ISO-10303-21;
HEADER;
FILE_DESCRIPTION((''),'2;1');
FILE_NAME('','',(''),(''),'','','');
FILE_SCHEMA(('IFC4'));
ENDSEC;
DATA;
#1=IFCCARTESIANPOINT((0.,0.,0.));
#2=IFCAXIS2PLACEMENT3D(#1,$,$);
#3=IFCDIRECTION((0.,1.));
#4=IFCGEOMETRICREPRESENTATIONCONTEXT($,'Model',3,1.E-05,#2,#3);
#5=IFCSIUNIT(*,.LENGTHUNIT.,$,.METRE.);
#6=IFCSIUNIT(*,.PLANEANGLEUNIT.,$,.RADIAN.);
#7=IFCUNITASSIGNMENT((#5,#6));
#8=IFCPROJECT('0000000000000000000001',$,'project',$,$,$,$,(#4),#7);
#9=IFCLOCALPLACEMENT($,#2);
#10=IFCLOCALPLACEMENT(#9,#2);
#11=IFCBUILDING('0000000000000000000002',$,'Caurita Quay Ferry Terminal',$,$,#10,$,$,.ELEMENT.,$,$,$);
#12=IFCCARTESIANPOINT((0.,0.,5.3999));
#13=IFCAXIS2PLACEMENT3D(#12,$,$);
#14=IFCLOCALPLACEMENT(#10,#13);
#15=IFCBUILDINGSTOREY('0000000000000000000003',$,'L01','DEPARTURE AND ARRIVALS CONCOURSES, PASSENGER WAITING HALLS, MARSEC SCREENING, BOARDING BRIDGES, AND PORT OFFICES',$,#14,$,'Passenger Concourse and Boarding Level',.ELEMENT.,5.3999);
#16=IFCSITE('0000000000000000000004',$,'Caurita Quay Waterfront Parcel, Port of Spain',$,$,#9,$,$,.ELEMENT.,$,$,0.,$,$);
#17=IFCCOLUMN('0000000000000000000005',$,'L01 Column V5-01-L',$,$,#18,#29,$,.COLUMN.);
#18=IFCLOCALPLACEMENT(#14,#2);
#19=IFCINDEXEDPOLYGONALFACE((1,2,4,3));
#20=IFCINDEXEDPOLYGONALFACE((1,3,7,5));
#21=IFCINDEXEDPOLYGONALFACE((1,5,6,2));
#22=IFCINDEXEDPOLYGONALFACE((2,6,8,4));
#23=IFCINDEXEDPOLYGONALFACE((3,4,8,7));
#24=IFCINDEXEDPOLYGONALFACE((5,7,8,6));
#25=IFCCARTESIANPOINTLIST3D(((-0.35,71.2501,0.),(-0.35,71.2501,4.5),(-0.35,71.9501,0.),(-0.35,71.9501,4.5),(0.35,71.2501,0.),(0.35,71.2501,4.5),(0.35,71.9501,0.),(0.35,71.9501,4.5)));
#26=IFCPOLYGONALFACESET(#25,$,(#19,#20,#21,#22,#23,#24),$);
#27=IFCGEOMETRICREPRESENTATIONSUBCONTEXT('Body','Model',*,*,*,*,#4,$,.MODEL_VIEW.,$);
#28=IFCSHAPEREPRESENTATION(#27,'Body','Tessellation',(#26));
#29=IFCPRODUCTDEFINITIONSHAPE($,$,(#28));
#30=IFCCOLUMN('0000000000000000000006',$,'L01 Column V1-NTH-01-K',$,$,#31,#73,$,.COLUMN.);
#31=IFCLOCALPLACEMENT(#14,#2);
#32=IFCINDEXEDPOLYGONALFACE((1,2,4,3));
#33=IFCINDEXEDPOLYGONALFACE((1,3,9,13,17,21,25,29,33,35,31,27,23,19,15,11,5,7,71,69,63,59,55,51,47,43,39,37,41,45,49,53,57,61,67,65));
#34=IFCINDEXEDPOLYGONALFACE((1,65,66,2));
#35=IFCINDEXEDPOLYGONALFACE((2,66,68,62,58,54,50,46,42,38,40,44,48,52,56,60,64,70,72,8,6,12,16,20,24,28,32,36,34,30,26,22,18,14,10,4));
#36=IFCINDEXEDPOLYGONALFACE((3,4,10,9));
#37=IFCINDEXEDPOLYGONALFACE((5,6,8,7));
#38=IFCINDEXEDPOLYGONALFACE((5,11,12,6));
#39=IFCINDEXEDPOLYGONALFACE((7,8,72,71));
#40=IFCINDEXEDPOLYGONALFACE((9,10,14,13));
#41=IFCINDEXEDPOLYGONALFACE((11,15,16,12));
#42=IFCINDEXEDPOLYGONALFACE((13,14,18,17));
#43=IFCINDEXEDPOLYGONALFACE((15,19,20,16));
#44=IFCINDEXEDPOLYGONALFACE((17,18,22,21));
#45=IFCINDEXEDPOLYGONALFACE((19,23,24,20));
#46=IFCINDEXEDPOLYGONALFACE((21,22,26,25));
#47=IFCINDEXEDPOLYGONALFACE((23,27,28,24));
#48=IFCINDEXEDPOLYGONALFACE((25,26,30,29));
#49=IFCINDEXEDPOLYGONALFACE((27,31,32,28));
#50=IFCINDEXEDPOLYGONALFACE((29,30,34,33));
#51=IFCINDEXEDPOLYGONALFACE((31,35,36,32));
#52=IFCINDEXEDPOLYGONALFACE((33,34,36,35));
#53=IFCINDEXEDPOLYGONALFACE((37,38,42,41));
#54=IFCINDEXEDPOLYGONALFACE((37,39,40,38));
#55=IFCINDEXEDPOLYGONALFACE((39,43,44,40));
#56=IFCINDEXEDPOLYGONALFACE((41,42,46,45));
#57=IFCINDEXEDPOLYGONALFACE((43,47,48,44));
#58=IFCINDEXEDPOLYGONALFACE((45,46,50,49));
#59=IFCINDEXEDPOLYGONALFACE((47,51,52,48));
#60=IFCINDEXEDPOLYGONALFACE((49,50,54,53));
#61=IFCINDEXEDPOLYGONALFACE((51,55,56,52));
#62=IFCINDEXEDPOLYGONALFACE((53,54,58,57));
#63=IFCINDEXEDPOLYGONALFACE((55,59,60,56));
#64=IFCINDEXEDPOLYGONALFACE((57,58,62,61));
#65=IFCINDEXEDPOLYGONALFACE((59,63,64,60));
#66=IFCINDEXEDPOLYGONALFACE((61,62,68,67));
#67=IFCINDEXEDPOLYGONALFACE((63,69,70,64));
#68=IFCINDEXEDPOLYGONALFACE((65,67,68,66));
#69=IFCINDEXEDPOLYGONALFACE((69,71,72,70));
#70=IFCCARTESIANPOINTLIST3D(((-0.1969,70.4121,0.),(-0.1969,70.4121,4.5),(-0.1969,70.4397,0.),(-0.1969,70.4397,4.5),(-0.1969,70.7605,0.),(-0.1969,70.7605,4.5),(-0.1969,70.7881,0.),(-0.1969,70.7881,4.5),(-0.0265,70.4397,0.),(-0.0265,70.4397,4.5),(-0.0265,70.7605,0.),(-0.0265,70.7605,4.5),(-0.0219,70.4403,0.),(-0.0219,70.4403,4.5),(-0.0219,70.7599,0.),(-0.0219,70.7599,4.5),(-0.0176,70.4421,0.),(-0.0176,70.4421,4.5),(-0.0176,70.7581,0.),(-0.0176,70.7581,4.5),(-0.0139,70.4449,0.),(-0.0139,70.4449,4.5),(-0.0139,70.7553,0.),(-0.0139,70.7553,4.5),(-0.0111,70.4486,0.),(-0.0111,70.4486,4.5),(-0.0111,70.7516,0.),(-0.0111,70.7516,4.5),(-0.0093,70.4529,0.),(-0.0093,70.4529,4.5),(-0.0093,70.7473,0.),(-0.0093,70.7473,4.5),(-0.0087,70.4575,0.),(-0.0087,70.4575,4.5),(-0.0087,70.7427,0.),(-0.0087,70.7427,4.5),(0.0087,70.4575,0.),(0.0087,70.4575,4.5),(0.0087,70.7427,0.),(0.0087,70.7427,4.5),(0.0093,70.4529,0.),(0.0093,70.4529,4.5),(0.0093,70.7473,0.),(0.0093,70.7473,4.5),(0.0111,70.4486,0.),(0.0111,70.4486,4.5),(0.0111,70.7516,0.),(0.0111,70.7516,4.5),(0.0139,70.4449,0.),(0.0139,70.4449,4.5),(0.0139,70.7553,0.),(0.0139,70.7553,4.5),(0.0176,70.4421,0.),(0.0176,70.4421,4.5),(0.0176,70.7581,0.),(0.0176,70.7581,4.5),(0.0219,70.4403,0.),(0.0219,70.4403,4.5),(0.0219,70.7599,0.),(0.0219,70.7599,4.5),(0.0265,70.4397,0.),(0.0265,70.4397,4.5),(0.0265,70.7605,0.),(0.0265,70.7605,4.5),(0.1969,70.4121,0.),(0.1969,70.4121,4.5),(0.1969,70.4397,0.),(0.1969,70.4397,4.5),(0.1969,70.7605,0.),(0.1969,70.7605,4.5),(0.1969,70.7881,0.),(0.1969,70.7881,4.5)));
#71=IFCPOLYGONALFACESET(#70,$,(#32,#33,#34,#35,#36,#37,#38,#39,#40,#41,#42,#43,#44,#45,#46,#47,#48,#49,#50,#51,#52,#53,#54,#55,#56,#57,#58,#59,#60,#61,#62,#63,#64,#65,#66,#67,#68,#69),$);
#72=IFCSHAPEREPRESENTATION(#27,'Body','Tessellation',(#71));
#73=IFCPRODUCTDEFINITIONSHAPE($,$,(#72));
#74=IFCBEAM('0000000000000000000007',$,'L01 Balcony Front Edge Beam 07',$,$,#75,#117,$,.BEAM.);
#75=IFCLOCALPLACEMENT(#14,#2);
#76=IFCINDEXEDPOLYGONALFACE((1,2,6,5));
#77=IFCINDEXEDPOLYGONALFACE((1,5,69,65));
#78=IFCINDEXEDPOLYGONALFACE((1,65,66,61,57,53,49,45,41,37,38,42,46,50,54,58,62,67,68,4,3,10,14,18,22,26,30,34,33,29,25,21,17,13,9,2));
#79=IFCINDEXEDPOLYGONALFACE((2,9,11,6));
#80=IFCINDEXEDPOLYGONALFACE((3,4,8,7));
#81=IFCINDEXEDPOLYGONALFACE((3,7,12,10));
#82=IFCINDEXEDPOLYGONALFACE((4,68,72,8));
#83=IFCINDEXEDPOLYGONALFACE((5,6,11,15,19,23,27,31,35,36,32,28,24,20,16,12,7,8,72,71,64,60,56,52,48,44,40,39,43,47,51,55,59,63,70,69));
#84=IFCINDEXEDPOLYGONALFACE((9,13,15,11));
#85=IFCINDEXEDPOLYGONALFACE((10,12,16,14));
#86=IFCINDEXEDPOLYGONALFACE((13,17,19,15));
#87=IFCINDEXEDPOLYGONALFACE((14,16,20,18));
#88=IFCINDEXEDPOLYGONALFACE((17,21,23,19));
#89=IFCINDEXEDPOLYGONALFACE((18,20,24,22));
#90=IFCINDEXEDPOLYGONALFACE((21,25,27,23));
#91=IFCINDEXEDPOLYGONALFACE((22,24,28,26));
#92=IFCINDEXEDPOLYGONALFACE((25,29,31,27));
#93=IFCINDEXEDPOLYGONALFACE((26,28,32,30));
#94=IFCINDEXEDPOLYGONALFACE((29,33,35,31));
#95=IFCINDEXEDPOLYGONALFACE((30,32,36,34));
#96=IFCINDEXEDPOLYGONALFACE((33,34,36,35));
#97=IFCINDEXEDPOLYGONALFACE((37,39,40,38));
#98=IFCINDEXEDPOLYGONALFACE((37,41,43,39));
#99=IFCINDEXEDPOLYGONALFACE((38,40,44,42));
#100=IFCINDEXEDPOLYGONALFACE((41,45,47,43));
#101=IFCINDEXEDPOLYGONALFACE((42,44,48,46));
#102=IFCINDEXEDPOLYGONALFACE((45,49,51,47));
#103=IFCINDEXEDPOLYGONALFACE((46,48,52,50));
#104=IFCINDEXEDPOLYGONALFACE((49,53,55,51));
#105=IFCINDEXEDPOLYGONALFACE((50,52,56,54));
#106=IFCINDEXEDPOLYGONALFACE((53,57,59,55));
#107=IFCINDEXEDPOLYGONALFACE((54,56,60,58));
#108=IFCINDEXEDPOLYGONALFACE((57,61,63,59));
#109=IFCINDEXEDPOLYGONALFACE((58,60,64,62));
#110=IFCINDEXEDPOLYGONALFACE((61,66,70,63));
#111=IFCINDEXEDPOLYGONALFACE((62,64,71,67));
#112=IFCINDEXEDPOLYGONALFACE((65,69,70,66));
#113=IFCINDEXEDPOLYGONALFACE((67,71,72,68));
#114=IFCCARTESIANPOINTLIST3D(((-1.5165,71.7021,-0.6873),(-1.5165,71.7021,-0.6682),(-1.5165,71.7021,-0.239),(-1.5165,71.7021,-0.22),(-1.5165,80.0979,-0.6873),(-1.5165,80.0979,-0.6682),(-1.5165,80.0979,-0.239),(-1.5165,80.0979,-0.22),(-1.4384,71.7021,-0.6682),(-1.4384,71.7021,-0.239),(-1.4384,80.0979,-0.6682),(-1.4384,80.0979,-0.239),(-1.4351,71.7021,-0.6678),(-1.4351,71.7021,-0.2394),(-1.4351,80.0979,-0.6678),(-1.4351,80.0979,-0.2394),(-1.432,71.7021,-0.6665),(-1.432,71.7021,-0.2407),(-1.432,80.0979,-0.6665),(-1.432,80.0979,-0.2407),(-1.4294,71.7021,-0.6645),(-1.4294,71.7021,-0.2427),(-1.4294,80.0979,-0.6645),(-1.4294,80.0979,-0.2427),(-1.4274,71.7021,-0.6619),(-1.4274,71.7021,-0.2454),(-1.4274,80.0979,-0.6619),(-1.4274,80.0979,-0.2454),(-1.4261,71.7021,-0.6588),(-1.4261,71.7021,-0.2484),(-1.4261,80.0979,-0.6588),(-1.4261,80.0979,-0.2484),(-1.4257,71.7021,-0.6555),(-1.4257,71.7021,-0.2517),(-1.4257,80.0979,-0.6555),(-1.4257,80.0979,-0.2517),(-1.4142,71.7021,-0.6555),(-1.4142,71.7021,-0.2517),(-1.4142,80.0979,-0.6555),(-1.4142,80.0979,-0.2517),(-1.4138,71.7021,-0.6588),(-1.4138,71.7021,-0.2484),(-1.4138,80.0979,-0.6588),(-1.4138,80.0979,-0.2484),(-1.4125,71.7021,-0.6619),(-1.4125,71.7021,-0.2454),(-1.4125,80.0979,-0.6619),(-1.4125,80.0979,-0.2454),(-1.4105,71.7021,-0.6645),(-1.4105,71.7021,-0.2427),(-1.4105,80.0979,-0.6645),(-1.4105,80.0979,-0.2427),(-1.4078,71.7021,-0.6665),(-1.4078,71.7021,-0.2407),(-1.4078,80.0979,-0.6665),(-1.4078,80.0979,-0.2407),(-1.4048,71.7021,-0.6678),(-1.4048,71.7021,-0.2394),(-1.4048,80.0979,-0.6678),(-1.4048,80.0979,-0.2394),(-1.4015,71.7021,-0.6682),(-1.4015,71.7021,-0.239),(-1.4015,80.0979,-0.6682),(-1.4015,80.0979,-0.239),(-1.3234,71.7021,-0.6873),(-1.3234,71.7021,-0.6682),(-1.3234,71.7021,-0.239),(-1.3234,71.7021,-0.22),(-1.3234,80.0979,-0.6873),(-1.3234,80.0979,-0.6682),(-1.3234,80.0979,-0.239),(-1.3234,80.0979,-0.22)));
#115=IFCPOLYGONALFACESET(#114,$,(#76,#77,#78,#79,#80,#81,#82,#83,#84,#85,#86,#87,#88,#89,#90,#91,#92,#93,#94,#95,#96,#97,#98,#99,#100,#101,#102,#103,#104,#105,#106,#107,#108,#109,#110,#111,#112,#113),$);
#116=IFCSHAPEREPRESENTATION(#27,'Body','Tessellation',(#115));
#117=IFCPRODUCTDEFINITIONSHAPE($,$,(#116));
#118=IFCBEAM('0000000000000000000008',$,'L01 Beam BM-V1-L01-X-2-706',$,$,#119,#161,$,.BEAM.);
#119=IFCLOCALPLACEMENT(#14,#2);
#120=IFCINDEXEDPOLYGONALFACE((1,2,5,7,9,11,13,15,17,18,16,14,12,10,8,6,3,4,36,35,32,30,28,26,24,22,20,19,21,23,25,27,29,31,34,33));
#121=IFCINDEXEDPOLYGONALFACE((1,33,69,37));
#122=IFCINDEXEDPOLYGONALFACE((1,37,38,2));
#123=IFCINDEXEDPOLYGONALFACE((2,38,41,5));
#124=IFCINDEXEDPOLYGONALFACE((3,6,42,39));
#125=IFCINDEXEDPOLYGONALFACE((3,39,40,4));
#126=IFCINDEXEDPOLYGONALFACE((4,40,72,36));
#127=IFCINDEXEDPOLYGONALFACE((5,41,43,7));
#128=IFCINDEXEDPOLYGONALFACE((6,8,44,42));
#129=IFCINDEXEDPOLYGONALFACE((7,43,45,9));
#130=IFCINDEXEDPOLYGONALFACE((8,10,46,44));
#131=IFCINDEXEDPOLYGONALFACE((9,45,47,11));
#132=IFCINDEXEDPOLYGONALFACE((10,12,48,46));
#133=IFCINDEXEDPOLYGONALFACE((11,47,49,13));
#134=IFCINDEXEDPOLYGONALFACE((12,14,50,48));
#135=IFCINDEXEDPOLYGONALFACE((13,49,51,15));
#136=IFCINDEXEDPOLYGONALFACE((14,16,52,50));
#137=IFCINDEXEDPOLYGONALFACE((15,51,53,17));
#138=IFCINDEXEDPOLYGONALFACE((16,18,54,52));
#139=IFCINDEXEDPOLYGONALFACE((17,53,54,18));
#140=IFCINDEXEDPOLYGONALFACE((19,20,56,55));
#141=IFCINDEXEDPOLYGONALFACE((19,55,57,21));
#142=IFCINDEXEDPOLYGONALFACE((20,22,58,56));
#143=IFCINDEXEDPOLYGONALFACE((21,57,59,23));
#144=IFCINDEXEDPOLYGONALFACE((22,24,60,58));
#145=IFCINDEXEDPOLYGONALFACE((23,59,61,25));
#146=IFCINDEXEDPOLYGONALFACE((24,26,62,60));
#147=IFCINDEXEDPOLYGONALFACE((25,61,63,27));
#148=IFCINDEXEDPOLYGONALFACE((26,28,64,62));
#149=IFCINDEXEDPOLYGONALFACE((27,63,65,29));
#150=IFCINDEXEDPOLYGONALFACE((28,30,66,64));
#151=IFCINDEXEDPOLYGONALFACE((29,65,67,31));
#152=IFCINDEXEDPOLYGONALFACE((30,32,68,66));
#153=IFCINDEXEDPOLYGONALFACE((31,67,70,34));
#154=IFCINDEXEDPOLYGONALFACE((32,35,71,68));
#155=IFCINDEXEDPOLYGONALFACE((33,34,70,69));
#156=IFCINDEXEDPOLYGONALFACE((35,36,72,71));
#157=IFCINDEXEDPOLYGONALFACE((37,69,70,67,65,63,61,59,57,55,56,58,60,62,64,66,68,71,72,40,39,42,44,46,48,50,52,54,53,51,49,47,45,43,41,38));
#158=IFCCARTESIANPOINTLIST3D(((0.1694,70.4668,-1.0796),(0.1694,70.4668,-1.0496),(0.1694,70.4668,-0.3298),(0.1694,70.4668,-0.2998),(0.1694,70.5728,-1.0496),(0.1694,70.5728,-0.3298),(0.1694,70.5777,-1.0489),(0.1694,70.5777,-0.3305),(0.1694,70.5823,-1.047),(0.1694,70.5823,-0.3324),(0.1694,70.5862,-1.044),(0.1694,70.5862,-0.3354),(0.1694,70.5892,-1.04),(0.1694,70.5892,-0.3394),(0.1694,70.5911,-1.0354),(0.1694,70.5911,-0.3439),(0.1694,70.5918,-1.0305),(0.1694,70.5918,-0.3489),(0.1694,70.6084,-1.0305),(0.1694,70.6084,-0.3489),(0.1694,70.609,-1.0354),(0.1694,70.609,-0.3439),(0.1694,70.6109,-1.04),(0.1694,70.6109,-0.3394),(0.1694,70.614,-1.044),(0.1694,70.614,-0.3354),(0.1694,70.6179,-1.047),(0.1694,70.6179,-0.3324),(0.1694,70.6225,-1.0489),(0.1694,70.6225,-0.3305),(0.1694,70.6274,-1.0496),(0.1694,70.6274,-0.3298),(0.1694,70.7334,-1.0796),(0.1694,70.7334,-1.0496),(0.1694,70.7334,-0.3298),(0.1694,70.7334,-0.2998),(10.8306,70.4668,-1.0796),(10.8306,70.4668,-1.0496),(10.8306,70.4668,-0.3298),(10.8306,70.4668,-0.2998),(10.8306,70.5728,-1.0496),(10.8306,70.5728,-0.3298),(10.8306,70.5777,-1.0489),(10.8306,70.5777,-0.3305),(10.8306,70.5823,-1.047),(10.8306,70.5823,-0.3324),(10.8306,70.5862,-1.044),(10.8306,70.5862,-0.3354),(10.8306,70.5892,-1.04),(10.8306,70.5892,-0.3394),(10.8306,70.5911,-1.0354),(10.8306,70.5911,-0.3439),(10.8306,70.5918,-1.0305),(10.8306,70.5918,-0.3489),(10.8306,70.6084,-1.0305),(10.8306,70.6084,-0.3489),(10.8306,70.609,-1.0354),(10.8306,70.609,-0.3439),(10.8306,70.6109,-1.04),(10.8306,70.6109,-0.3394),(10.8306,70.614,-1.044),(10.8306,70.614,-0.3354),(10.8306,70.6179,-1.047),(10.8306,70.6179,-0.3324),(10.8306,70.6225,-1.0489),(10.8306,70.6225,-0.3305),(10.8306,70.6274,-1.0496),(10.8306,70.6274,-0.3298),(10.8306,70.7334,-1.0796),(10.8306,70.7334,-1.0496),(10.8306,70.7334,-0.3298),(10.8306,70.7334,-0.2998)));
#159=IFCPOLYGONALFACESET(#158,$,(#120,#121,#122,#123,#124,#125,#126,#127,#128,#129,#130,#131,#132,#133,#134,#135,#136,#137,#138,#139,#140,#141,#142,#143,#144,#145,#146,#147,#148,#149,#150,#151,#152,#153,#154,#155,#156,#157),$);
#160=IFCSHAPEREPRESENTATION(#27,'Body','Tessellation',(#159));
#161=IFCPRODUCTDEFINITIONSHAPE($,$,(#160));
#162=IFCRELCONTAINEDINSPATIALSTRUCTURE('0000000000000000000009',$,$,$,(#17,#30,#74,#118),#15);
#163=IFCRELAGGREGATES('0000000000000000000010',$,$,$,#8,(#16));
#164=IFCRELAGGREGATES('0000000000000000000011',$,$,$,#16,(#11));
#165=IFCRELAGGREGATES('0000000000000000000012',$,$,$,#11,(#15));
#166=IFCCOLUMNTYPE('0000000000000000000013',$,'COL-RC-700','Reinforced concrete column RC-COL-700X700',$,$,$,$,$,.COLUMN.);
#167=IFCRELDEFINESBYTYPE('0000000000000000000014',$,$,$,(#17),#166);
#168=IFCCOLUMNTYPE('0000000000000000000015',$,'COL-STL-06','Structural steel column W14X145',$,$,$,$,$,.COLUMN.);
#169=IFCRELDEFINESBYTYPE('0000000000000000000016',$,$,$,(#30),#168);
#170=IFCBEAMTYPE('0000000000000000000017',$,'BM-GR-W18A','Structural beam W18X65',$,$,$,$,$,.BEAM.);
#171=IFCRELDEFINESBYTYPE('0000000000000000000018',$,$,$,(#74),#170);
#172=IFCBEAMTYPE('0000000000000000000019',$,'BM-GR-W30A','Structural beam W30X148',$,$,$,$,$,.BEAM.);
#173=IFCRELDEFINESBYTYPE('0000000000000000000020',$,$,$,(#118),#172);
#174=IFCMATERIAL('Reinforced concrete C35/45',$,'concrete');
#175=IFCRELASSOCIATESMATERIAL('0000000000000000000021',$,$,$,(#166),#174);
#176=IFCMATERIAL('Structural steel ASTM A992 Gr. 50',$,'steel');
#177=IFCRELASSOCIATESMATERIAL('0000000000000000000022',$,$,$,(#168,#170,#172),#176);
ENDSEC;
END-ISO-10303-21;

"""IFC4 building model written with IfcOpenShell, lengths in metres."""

from ifc_helpers import new_model, si_unit, direction, frame, origin, origin_2d, place, context, subcontext, project, spatial, rectangle, i_section, extrude, material, material_profile, profile_set, type_object, element, save


model = new_model("IFC4")

# Units and contexts
model_context = context("Model", 3, precision=1e-05, world=origin(), true_north=direction((0.0, 1.0)))
body_context = subcontext(model_context, "Body", "Model", "MODEL_VIEW")
ifc_project = project(units=[si_unit("LENGTHUNIT", "METRE"), si_unit("PLANEANGLEUNIT", "RADIAN")], contexts=[model_context])

# Site, building, storey
site_placement = place(None, origin())
site = spatial("IfcSite", under=ifc_project, at=site_placement, Name="Caurita Quay Waterfront Parcel, Port of Spain", CompositionType="ELEMENT", RefElevation=0.0)
building_placement = place(site_placement, origin())
building = spatial("IfcBuilding", under=site, at=building_placement, Name="Caurita Quay Ferry Terminal", CompositionType="ELEMENT")
storey_placement = place(building_placement, frame((0.0, 0.0, 5.3999)))
storey = spatial("IfcBuildingStorey", under=building, at=storey_placement, Name="L01", Description="DEPARTURE AND ARRIVALS CONCOURSES, PASSENGER WAITING HALLS, MARSEC SCREENING, BOARDING BRIDGES, AND PORT OFFICES", LongName="Passenger Concourse and Boarding Level", CompositionType="ELEMENT", Elevation=5.3999)

# Columns
ifc_material_1 = material(Name="Reinforced concrete C35/45", Category="concrete")
ifc_material_profile_1 = material_profile(ifc_material_1, rectangle(XDim=0.7, YDim=0.7, at=origin_2d()), Name="RC-COL-700X700")
ifc_profile_set_1 = profile_set([ifc_material_profile_1], Name="Reinforced concrete C35/45")
column_type_1 = type_object("IfcColumnType", Name="COL-RC-700", Description="Reinforced concrete column RC-COL-700X700", PredefinedType="COLUMN", material=ifc_profile_set_1)
column_1_placement = place(storey_placement, frame((0.0, 71.6001, 0.0), z_axis=(0.0, 0.0, 1.0), x_axis=(1.0, 0.0, 0.0)))
element("IfcColumn", 1, at=column_1_placement, inside=storey, type_object=column_type_1, Name="L01 Column V5-01-L", PredefinedType="COLUMN", context=body_context, shape_type="SweptSolid", body=[
    extrude(rectangle(XDim=0.7, YDim=0.7, at=origin_2d()), origin(), (0.0, 0.0, 1.0), 4.5),
])
ifc_material_2 = material(Name="Structural steel ASTM A992 Gr. 50", Category="steel")
ifc_material_profile_2 = material_profile(ifc_material_2, i_section(OverallWidth=0.3938, OverallDepth=0.376, WebThickness=0.0173, FlangeThickness=0.0276, FilletRadius=0.0178, at=origin_2d()), Name="W14X145")
ifc_profile_set_2 = profile_set([ifc_material_profile_2], Name="Structural steel ASTM A992 Gr. 50")
column_type_2 = type_object("IfcColumnType", Name="COL-STL-06", Description="Structural steel column W14X145", PredefinedType="COLUMN", material=ifc_profile_set_2)
column_2_placement = place(storey_placement, frame((0.0, 70.6001, 0.0), z_axis=(0.0, 0.0, 1.0), x_axis=(1.0, 0.0, 0.0)))
element("IfcColumn", 2, at=column_2_placement, inside=storey, type_object=column_type_2, Name="L01 Column V1-NTH-01-K", PredefinedType="COLUMN", context=body_context, shape_type="SweptSolid", body=[
    extrude(i_section(OverallWidth=0.3938, OverallDepth=0.376, WebThickness=0.0173, FlangeThickness=0.0276, FilletRadius=0.0178, at=origin_2d()), origin(), (0.0, 0.0, 1.0), 4.5),
])

# Beams
ifc_material_profile_3 = material_profile(ifc_material_2, i_section(OverallWidth=0.1931, OverallDepth=0.4673, WebThickness=0.0115, FlangeThickness=0.019, FilletRadius=0.0127, at=origin_2d()), Name="W18X65")
ifc_profile_set_3 = profile_set([ifc_material_profile_3], Name="Structural steel ASTM A992 Gr. 50")
beam_type_1 = type_object("IfcBeamType", Name="BM-GR-W18A", Description="Structural beam W18X65", PredefinedType="BEAM", material=ifc_profile_set_3)
beam_1_placement = place(storey_placement, frame((-1.4199, 71.7021, -0.4536), z_axis=(0.0, 1.0, 0.0), x_axis=(-1.0, 0.0, 0.0)))
element("IfcBeam", 3, at=beam_1_placement, inside=storey, type_object=beam_type_1, Name="L01 Balcony Front Edge Beam 07", PredefinedType="BEAM", context=body_context, shape_type="SweptSolid", body=[
    extrude(i_section(OverallWidth=0.1931, OverallDepth=0.4673, WebThickness=0.0115, FlangeThickness=0.019, FilletRadius=0.0127, at=origin_2d()), origin(), (0.0, 0.0, 1.0), 8.3958),
])
ifc_material_profile_4 = material_profile(ifc_material_2, i_section(OverallWidth=0.2666, OverallDepth=0.7798, WebThickness=0.0166, FlangeThickness=0.03, FilletRadius=0.019, at=origin_2d()), Name="W30X148")
ifc_profile_set_4 = profile_set([ifc_material_profile_4], Name="Structural steel ASTM A992 Gr. 50")
beam_type_2 = type_object("IfcBeamType", Name="BM-GR-W30A", Description="Structural beam W30X148", PredefinedType="BEAM", material=ifc_profile_set_4)
beam_2_placement = place(storey_placement, frame((0.1694, 70.6001, -0.6897), z_axis=(1.0, 0.0, 0.0), x_axis=(0.0, 1.0, 0.0)))
element("IfcBeam", 4, at=beam_2_placement, inside=storey, type_object=beam_type_2, Name="L01 Beam BM-V1-L01-X-2-706", PredefinedType="BEAM", context=body_context, shape_type="SweptSolid", body=[
    extrude(i_section(OverallWidth=0.2666, OverallDepth=0.7798, WebThickness=0.0166, FlangeThickness=0.03, FilletRadius=0.019, at=origin_2d()), origin(), (0.0, 0.0, 1.0), 10.6611),
])

save(model, "model.ifc")
